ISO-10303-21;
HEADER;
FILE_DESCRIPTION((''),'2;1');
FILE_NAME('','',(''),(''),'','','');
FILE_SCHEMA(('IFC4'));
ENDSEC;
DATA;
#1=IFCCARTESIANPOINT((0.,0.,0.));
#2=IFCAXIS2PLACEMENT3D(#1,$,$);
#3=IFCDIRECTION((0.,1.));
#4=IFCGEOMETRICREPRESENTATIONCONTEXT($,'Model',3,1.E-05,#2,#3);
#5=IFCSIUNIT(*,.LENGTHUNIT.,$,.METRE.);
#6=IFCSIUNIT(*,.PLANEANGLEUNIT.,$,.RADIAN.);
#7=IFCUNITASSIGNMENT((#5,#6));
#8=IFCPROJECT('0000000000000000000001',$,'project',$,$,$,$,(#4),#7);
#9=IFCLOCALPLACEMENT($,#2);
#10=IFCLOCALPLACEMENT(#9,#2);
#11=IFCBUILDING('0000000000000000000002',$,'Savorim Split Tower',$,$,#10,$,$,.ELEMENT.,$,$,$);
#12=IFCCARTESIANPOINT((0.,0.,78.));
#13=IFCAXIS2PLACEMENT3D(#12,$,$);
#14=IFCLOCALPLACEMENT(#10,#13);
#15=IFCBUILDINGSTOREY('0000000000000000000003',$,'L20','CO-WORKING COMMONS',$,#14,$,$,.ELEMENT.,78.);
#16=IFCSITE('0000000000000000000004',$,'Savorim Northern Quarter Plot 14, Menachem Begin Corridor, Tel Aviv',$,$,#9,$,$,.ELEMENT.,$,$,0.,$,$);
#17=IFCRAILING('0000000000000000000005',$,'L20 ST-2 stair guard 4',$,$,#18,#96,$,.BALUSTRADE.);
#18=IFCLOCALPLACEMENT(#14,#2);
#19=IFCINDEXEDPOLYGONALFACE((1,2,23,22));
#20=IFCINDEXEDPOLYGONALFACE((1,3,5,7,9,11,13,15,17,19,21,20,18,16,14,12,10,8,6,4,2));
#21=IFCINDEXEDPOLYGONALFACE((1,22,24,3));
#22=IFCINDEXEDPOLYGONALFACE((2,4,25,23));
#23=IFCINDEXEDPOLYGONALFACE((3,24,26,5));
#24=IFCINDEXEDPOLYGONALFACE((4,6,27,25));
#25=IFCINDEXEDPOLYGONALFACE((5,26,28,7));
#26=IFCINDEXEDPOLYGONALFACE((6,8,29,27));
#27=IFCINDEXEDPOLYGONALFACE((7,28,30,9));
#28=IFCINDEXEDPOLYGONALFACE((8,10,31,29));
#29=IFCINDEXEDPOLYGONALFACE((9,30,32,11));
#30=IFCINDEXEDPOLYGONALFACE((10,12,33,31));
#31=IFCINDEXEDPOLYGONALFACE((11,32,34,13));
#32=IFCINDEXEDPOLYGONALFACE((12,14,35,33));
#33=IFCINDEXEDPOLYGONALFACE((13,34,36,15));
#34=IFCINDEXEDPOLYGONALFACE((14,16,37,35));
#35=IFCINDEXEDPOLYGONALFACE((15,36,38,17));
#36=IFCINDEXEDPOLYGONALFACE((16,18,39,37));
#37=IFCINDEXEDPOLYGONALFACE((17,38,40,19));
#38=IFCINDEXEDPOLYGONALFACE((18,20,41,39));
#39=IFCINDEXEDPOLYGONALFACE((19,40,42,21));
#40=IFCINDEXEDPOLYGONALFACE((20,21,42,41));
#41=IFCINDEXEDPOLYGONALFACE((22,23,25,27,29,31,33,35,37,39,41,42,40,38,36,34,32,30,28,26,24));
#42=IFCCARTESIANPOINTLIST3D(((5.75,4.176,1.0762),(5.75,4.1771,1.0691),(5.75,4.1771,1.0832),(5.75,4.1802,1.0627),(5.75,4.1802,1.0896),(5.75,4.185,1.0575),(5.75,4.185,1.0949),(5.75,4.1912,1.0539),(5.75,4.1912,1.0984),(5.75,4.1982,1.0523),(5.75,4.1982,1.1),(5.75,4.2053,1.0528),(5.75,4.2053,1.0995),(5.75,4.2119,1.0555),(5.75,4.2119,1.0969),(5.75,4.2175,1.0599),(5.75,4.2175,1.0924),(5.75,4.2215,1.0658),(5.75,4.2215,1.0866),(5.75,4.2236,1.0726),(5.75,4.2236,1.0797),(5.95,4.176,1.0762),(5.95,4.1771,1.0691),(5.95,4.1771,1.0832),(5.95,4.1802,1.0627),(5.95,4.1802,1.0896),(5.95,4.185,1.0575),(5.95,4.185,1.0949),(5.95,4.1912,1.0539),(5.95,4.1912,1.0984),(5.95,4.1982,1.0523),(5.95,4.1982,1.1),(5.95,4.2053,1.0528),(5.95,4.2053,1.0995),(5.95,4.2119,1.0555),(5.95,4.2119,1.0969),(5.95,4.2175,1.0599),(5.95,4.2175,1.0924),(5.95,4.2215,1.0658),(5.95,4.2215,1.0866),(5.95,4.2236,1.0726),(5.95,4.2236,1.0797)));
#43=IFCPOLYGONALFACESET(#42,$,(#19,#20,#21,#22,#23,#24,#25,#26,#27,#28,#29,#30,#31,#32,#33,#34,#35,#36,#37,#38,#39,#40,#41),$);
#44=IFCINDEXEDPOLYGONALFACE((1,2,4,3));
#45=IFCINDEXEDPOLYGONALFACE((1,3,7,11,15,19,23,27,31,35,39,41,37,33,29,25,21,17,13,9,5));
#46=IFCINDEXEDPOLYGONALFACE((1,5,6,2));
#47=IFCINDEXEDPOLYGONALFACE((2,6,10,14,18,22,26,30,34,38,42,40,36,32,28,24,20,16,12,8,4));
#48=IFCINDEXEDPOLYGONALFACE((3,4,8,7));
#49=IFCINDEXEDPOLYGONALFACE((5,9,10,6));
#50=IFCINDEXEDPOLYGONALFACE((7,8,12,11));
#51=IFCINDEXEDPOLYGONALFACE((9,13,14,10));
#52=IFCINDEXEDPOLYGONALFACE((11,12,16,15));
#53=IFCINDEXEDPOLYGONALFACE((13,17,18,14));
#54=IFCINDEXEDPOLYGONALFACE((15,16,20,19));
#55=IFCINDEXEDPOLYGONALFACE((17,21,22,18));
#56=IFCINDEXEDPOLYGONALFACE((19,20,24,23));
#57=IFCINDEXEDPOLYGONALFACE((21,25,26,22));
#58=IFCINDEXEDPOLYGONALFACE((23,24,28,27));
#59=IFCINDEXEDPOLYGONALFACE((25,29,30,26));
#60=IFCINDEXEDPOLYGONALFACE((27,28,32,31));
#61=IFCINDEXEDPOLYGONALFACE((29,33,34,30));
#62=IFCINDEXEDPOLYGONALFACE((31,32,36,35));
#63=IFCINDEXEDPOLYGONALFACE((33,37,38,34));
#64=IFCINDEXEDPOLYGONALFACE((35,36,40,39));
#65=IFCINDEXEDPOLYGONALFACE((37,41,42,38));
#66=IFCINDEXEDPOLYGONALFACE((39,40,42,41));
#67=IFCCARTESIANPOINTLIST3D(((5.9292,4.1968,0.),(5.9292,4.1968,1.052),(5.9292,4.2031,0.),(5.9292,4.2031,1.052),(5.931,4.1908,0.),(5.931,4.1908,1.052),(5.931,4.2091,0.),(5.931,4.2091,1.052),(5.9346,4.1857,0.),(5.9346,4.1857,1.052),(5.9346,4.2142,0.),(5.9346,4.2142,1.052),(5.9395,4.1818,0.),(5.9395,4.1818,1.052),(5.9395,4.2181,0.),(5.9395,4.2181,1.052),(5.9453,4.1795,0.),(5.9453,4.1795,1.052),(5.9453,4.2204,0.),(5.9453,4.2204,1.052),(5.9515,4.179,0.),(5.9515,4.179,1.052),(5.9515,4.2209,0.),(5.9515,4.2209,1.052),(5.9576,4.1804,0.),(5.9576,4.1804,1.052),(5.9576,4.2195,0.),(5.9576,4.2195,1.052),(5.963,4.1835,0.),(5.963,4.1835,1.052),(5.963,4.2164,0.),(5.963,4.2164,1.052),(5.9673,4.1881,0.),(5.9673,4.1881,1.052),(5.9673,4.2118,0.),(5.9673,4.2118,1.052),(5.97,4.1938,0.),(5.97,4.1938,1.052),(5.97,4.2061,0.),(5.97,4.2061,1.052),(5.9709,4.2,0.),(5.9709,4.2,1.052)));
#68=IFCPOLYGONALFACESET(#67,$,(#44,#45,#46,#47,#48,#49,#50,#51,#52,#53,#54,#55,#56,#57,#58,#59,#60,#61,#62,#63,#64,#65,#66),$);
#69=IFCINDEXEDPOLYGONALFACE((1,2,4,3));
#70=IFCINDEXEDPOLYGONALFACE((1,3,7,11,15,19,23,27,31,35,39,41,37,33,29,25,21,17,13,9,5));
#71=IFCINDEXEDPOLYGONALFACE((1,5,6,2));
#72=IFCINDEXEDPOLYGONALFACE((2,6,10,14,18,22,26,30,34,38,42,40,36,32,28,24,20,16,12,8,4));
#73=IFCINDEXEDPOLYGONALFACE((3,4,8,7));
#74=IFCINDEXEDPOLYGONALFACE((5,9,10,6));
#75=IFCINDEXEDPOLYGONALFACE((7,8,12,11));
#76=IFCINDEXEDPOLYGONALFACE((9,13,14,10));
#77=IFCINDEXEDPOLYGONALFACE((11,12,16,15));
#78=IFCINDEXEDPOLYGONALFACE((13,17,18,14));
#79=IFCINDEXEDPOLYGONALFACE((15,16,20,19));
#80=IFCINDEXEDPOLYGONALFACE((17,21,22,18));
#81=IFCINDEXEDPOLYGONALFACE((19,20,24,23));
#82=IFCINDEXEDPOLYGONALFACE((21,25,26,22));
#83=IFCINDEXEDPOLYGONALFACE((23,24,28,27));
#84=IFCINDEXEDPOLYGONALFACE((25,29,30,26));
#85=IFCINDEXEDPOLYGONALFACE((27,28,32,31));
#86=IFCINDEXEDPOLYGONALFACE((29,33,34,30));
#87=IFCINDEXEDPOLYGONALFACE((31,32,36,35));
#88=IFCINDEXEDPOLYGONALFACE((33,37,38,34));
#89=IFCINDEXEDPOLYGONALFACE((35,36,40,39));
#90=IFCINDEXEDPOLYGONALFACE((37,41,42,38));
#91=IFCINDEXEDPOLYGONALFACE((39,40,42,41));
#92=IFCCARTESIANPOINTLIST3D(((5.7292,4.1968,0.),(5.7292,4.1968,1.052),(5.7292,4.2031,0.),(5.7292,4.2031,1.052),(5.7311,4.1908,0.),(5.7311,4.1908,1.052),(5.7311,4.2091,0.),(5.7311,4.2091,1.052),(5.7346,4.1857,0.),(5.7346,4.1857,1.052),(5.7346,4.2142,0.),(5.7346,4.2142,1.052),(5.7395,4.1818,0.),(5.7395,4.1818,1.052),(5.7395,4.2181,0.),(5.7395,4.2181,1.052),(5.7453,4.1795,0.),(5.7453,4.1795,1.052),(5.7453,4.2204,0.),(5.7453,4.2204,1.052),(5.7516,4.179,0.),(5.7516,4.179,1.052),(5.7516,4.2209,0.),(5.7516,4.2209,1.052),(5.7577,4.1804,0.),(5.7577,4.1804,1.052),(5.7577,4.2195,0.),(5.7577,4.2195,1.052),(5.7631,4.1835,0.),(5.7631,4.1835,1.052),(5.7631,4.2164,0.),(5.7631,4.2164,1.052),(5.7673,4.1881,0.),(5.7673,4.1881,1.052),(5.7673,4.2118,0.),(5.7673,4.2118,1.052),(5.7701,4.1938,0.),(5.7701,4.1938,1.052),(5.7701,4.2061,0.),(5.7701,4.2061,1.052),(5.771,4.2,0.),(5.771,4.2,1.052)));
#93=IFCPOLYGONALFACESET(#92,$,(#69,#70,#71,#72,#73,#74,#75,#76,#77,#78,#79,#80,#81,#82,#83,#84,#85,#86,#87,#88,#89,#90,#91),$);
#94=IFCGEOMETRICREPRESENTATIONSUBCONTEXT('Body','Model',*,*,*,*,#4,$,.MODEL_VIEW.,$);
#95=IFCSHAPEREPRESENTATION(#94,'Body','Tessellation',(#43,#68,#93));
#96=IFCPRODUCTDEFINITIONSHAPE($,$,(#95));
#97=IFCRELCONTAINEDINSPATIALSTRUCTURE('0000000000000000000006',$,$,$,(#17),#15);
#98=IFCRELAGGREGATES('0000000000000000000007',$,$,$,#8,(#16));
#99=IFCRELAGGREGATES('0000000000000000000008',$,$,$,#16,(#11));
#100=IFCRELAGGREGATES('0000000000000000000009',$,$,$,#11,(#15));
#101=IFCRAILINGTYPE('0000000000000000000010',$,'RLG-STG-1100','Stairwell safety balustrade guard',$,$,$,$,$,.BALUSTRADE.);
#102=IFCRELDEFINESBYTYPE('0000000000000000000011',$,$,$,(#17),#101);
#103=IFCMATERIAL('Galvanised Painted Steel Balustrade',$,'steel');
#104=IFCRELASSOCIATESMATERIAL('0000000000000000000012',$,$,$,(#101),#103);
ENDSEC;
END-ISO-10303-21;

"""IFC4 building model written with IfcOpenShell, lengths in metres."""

from ifc_helpers import new_model, si_unit, direction, frame, origin, origin_2d, place, context, subcontext, project, spatial, circle, extrude, material, type_object, element, save


model = new_model("IFC4")

# Units and contexts
model_context = context("Model", 3, precision=1e-05, world=origin(), true_north=direction((0.0, 1.0)))
body_context = subcontext(model_context, "Body", "Model", "MODEL_VIEW")
ifc_project = project(units=[si_unit("LENGTHUNIT", "METRE"), si_unit("PLANEANGLEUNIT", "RADIAN")], contexts=[model_context])

# Site, building, storey
site_placement = place(None, origin())
site = spatial("IfcSite", under=ifc_project, at=site_placement, Name="Savorim Northern Quarter Plot 14, Menachem Begin Corridor, Tel Aviv", CompositionType="ELEMENT", RefElevation=0.0)
building_placement = place(site_placement, origin())
building = spatial("IfcBuilding", under=site, at=building_placement, Name="Savorim Split Tower", CompositionType="ELEMENT")
storey_placement = place(building_placement, frame((0.0, 0.0, 78.0)))
storey = spatial("IfcBuildingStorey", under=building, at=storey_placement, Name="L20", Description="CO-WORKING COMMONS", CompositionType="ELEMENT", Elevation=78.0)

# Railing
ifc_material_1 = material(Name="Galvanised Painted Steel Balustrade", Category="steel")
railing_type_1 = type_object("IfcRailingType", Name="RLG-STG-1100", Description="Stairwell safety balustrade guard", PredefinedType="BALUSTRADE", material=ifc_material_1)
railing_1_placement = place(storey_placement, frame((5.95, 4.2, 0.0)))
element("IfcRailing", 1, at=railing_1_placement, inside=storey, type_object=railing_type_1, Name="L20 ST-2 stair guard 4", PredefinedType="BALUSTRADE", context=body_context, shape_type="SweptSolid", body=[
    extrude(circle(Radius=0.0239, at=origin_2d()), frame((0.0, 0.0, 1.0762), z_axis=(-1.0, 0.0, 0.0), x_axis=(0.0, -1.0, 0.0)), (0.0, 0.0, 1.0), 0.2),
    extrude(circle(Radius=0.021, at=origin_2d()), origin(), (0.0, 0.0, 1.0), 1.052),
    extrude(circle(Radius=0.021, at=origin_2d()), frame((-0.2, 0.0, 0.0)), (0.0, 0.0, 1.0), 1.052),
])

save(model, "model.ifc")
